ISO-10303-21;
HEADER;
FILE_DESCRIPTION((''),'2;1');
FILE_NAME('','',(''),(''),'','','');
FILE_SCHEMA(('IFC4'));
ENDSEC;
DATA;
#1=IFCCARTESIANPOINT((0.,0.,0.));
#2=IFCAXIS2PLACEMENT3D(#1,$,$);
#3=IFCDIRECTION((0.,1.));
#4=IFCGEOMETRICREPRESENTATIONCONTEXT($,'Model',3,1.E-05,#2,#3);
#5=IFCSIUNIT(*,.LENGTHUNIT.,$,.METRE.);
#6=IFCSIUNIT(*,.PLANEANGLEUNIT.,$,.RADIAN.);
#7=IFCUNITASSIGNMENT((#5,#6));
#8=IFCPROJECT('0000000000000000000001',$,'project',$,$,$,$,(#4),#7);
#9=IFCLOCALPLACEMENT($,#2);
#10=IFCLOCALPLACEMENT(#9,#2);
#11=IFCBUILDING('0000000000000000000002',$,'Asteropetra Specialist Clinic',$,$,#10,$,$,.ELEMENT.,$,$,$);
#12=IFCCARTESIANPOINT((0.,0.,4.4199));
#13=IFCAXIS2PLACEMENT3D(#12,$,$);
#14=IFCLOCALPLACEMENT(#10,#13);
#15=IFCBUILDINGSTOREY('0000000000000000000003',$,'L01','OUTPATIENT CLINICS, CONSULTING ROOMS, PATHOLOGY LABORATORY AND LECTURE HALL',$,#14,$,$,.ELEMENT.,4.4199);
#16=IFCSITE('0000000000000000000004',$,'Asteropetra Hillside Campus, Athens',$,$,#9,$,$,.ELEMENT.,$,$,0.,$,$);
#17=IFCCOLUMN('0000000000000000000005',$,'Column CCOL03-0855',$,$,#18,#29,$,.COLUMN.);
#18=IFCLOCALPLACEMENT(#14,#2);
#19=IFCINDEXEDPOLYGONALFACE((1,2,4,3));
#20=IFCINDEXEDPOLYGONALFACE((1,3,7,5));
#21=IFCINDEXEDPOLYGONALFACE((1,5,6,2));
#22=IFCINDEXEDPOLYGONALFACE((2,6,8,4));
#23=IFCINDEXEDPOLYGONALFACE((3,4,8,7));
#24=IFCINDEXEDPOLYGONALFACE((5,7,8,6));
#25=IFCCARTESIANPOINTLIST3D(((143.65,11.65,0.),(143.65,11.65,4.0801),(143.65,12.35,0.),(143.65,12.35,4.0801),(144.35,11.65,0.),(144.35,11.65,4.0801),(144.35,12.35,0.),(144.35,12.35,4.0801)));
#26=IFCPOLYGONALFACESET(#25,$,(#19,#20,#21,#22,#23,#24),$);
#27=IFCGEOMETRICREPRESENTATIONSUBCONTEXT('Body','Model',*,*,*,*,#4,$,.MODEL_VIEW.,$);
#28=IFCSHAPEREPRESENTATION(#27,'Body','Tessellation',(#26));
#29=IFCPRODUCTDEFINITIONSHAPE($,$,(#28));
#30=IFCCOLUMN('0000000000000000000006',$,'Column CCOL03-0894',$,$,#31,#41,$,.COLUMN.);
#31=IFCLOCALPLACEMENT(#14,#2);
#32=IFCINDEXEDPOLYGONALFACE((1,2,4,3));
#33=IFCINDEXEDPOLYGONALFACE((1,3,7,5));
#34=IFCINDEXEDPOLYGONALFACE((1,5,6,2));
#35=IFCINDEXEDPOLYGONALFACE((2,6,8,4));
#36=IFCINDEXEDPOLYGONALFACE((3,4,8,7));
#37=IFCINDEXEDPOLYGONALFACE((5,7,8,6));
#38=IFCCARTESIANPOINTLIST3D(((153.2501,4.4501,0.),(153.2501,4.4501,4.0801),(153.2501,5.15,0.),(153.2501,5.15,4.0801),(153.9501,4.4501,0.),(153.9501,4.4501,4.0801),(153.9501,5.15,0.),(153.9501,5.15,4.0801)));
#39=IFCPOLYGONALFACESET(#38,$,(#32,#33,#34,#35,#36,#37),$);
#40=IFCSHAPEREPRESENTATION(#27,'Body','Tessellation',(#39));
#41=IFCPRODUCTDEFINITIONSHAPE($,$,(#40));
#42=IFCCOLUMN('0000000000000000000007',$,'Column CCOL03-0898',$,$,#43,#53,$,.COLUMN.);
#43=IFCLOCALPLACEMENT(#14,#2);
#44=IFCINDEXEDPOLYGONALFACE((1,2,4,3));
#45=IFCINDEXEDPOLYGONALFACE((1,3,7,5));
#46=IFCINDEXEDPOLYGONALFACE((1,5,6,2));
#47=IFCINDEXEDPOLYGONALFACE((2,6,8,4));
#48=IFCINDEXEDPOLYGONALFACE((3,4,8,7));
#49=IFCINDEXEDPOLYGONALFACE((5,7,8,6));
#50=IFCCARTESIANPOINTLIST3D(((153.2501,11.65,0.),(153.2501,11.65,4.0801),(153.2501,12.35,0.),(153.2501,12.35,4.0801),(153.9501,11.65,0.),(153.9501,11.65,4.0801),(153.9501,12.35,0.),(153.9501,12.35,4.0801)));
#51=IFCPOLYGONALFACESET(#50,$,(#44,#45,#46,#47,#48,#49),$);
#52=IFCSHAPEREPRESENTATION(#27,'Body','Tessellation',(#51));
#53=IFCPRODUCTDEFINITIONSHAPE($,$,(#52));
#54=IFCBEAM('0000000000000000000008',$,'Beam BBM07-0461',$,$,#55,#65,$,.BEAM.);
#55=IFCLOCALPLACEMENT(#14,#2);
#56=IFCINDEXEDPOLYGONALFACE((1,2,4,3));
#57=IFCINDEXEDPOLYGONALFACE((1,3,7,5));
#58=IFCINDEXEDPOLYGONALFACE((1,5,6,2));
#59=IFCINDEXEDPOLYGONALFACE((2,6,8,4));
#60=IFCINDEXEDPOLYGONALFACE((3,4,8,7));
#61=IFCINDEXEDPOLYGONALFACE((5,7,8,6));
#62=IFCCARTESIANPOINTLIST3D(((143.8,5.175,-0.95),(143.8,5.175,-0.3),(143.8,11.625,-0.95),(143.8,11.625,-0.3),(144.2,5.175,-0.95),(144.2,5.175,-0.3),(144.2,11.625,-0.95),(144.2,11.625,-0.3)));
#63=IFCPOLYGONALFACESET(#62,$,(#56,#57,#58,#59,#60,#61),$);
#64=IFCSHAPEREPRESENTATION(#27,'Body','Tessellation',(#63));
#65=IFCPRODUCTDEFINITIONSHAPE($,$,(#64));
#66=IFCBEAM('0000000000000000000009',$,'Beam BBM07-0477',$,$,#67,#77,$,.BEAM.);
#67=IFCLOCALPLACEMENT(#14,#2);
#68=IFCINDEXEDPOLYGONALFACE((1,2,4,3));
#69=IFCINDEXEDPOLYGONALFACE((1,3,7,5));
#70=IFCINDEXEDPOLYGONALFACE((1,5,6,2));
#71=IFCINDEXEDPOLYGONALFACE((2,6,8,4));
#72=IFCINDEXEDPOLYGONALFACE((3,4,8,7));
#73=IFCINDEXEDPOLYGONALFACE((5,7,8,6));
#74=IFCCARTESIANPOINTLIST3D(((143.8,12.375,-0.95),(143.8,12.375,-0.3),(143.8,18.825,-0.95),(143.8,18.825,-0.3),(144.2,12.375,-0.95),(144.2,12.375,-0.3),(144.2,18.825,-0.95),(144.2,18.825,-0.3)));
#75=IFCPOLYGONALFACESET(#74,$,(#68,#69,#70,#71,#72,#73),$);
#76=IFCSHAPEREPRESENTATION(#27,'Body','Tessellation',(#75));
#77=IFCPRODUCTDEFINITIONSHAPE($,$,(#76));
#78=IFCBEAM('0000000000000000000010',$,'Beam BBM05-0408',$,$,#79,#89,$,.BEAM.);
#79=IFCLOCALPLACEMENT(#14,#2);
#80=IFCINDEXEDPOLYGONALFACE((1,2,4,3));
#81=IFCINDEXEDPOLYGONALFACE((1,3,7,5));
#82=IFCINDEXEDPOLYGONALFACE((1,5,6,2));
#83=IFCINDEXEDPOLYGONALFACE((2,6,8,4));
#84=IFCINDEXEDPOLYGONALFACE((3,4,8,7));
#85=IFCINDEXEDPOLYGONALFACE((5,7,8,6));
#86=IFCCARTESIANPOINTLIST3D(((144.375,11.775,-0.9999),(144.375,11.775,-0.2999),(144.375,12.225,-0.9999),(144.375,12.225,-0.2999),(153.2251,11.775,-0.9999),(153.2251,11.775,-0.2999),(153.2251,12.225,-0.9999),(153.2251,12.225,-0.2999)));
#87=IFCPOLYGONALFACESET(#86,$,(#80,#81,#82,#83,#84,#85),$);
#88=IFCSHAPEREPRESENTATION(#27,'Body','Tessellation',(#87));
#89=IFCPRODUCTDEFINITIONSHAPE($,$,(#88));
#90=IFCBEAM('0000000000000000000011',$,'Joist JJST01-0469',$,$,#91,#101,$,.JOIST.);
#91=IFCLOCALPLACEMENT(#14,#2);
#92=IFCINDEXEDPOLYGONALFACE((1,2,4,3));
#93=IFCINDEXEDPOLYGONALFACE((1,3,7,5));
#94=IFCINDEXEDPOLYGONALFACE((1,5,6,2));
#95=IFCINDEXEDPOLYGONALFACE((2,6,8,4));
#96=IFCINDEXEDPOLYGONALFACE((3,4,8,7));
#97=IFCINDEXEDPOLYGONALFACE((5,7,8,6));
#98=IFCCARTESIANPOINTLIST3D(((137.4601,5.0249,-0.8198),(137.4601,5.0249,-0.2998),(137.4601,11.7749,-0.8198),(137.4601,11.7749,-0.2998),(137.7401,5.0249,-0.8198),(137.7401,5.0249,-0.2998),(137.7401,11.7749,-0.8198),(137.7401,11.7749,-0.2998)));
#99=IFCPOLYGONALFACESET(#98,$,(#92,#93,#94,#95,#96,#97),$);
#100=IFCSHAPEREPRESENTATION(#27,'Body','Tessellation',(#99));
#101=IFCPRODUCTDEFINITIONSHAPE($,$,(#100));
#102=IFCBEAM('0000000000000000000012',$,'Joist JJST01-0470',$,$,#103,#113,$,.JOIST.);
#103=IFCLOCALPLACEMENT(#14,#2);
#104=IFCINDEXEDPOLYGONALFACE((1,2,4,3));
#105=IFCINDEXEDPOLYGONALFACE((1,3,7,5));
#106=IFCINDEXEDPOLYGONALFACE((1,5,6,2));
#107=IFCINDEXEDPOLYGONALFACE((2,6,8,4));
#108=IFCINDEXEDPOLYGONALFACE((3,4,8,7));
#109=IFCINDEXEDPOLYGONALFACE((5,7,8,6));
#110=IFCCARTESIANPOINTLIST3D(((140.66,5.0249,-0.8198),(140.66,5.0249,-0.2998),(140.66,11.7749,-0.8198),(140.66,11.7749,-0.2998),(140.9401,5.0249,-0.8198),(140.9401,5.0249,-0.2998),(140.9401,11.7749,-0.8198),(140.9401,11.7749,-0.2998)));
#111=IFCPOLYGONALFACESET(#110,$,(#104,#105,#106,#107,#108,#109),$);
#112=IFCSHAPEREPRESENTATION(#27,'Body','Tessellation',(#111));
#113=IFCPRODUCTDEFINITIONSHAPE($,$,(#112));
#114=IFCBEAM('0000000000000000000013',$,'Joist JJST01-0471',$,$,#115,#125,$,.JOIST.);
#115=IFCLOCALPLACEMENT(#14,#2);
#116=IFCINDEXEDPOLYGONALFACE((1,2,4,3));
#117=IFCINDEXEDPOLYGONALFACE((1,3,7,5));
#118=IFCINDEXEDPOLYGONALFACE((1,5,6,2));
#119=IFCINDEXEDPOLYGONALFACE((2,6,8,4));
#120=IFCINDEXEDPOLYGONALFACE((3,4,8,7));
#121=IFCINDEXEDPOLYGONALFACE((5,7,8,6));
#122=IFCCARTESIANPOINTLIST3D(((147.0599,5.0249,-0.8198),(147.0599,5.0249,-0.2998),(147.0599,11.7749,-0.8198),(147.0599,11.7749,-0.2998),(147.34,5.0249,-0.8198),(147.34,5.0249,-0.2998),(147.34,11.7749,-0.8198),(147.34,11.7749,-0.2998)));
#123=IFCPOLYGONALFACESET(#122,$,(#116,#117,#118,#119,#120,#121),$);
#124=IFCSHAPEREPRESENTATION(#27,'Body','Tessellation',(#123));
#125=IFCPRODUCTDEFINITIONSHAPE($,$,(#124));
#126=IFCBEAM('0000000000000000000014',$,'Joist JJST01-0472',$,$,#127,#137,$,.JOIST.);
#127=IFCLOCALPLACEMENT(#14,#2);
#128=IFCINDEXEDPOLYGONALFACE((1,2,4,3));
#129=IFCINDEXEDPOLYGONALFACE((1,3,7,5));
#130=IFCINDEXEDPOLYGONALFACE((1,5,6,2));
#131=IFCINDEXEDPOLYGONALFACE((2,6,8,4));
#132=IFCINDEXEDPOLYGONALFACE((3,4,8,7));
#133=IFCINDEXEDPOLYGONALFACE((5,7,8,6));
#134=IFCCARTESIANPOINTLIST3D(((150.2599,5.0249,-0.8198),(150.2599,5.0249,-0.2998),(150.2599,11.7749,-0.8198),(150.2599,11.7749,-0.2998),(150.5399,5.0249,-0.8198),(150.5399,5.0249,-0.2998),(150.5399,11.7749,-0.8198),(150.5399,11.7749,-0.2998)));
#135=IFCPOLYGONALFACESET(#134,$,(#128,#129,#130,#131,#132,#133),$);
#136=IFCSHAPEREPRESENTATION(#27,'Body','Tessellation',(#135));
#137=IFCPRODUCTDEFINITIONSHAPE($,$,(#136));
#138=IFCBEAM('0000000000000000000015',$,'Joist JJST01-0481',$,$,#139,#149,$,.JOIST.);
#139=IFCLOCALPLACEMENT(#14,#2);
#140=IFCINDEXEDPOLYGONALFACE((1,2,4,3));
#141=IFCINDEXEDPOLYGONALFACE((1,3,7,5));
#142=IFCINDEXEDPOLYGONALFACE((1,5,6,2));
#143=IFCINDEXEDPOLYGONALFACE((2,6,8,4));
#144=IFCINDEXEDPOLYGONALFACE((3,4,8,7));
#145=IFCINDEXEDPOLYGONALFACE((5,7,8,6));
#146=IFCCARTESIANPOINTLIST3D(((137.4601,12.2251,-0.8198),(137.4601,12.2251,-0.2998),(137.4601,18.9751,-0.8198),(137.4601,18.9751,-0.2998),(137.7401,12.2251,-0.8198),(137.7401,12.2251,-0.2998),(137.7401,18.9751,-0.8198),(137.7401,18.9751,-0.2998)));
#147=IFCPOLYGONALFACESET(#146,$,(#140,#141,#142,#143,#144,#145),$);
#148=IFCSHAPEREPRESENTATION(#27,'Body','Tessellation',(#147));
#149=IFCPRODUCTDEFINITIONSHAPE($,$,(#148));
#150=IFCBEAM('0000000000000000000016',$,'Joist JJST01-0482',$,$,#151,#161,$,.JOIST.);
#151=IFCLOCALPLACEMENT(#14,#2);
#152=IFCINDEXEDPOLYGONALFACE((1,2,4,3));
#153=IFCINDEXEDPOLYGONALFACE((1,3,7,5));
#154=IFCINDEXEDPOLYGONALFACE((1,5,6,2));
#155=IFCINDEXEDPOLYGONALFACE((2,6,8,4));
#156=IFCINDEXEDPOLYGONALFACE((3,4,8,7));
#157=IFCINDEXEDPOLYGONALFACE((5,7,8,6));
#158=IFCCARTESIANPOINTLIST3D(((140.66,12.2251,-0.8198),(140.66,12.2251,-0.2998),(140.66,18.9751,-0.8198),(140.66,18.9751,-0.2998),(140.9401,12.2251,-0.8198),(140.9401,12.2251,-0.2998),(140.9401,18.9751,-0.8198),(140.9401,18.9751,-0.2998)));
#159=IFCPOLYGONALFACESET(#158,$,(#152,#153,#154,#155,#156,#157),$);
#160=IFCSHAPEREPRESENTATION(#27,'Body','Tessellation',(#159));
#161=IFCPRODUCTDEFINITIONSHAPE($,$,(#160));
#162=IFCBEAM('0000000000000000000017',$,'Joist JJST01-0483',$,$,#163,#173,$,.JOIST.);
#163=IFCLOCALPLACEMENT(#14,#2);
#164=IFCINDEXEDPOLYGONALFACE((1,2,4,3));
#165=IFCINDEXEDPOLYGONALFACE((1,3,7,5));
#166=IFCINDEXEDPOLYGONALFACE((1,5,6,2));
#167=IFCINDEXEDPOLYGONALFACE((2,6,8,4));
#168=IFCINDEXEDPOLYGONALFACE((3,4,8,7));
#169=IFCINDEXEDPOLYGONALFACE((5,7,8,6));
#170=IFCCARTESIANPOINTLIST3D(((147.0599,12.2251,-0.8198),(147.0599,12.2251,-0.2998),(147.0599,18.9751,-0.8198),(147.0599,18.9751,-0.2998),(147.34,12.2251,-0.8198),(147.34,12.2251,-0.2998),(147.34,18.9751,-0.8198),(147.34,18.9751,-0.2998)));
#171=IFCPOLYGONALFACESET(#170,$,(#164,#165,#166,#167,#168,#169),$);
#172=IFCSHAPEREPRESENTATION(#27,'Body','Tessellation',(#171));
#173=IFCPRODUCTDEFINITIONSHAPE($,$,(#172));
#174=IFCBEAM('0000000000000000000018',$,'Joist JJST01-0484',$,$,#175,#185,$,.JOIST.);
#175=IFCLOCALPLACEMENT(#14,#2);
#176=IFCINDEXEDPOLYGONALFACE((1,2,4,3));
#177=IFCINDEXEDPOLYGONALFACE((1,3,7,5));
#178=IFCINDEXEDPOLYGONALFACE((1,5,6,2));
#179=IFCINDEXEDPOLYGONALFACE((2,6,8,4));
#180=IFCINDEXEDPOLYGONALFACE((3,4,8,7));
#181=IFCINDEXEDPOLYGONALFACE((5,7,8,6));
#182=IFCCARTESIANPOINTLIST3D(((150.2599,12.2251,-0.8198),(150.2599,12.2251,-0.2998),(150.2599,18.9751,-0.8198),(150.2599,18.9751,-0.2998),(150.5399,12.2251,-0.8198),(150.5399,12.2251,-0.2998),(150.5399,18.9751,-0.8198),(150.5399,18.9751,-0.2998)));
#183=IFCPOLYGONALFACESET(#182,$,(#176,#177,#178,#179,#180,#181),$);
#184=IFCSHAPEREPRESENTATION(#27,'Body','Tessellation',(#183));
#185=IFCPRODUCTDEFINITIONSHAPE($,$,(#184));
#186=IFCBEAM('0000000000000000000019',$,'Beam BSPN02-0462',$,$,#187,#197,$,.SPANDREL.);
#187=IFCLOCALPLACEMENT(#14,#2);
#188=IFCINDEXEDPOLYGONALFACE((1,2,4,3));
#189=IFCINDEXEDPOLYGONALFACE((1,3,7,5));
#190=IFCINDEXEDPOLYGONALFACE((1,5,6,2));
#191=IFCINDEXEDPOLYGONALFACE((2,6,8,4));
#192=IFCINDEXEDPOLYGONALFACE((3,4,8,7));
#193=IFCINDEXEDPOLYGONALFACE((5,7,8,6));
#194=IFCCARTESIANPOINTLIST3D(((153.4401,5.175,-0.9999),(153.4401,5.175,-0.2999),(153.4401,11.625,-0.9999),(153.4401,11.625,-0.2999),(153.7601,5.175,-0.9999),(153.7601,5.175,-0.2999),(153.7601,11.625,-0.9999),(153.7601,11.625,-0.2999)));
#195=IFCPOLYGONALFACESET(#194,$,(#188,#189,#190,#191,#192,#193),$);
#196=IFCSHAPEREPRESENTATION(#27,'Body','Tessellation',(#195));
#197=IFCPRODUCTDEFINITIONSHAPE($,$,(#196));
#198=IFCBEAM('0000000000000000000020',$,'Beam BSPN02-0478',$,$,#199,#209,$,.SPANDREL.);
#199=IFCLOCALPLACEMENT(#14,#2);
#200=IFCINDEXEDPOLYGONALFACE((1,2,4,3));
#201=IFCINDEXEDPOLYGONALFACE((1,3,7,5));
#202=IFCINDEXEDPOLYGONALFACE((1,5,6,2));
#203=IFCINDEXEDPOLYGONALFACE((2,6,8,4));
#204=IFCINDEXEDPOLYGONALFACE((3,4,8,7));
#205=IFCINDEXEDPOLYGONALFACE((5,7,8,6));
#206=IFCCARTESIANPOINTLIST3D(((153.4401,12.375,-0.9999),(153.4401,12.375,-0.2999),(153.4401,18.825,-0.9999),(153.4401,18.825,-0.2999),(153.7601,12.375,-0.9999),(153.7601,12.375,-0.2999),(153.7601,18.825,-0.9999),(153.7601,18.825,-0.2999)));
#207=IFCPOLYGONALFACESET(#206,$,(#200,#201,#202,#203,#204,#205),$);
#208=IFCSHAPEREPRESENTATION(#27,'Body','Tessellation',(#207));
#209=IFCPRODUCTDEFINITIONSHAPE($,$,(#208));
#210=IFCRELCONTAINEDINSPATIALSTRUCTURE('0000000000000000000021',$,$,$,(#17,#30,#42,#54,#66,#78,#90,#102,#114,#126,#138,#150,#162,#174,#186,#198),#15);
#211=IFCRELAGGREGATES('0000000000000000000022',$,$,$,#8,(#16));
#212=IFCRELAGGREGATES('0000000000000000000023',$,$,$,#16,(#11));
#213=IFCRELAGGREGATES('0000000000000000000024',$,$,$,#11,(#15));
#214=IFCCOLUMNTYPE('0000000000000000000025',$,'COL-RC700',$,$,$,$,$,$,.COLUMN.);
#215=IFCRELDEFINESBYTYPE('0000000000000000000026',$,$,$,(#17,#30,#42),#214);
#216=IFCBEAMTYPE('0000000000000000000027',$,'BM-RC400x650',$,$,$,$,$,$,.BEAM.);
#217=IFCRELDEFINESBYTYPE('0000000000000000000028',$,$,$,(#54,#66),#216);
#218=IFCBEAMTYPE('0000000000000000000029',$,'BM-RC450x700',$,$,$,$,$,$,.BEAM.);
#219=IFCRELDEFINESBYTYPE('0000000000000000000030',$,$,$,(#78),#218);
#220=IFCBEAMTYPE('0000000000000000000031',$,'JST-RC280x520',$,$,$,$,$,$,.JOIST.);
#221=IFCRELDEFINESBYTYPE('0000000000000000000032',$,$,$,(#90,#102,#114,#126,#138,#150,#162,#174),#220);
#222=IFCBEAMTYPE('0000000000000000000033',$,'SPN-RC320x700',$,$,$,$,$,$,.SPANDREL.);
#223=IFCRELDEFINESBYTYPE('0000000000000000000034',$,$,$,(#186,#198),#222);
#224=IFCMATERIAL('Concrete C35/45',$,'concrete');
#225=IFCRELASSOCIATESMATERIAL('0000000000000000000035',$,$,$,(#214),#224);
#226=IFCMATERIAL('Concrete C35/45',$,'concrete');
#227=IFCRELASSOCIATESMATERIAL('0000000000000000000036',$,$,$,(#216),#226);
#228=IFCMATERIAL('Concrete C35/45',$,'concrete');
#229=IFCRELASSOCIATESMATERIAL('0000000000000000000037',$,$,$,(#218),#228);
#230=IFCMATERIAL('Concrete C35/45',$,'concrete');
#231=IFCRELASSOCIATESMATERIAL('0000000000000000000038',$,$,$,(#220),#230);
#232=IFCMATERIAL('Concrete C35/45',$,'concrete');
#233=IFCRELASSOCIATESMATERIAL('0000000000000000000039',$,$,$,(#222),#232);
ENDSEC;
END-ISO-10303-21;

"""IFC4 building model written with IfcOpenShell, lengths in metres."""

from ifc_helpers import new_model, si_unit, direction, frame, origin, origin_2d, place, context, subcontext, project, spatial, rectangle, extrude, material, material_profile, profile_set, type_object, element, save


model = new_model("IFC4")

# Units and contexts
model_context = context("Model", 3, precision=1e-05, world=origin(), true_north=direction((0.0, 1.0)))
body_context = subcontext(model_context, "Body", "Model", "MODEL_VIEW")
ifc_project = project(units=[si_unit("LENGTHUNIT", "METRE"), si_unit("PLANEANGLEUNIT", "RADIAN")], contexts=[model_context])

# Site, building, storey
site_placement = place(None, origin())
site = spatial("IfcSite", under=ifc_project, at=site_placement, Name="Asteropetra Hillside Campus, Athens", CompositionType="ELEMENT", RefElevation=0.0)
building_placement = place(site_placement, origin())
building = spatial("IfcBuilding", under=site, at=building_placement, Name="Asteropetra Specialist Clinic", CompositionType="ELEMENT")
storey_placement = place(building_placement, frame((0.0, 0.0, 4.4199)))
storey = spatial("IfcBuildingStorey", under=building, at=storey_placement, Name="L01", Description="OUTPATIENT CLINICS, CONSULTING ROOMS, PATHOLOGY LABORATORY AND LECTURE HALL", CompositionType="ELEMENT", Elevation=4.4199)

# Columns
ifc_material_1 = material(Name="Concrete C35/45", Category="concrete")
ifc_material_profile_1 = material_profile(ifc_material_1, rectangle(XDim=0.7, YDim=0.7, at=origin_2d()), Name="RC 700x700")
ifc_profile_set_1 = profile_set([ifc_material_profile_1], Name="Concrete C35/45")
column_type = type_object("IfcColumnType", Name="COL-RC700", PredefinedType="COLUMN", material=ifc_profile_set_1)
for number, where, z_axis, x_axis, name in (
    (1, (144.0, 12.0, 0.0), (0.0, 0.0, 1.0), (1.0, 0.0, 0.0), "Column CCOL03-0855"),
    (2, (153.6001, 4.8, 0.0), (0.0, 0.0, 1.0), (1.0, 0.0, 0.0), "Column CCOL03-0894"),
    (3, (153.6001, 12.0, 0.0), (0.0, 0.0, 1.0), (1.0, 0.0, 0.0), "Column CCOL03-0898"),
):
    element("IfcColumn", number, at=place(storey_placement, frame(where, z_axis=z_axis, x_axis=x_axis)), inside=storey, type_object=column_type, Name=name, PredefinedType="COLUMN", context=body_context, shape_type="SweptSolid", body=[
        extrude(rectangle(XDim=0.7, YDim=0.7, at=origin_2d()), origin(), (0.0, 0.0, 1.0), 4.0801),
    ])

# Beams
ifc_material_2 = material(Name="Concrete C35/45", Category="concrete")
ifc_material_profile_2 = material_profile(ifc_material_2, rectangle(XDim=0.3999, YDim=0.6499, at=origin_2d()), Name="RCB 400x650")
ifc_profile_set_2 = profile_set([ifc_material_profile_2], Name="Concrete C35/45")
beam_type_1 = type_object("IfcBeamType", Name="BM-RC400x650", PredefinedType="BEAM", material=ifc_profile_set_2)
for number, where, z_axis, x_axis, name in (
    (4, (144.0, 5.175, -0.625), (0.0, 1.0, 0.0), (-1.0, 0.0, 0.0), "Beam BBM07-0461"),
    (5, (144.0, 12.375, -0.625), (0.0, 1.0, 0.0), (-1.0, 0.0, 0.0), "Beam BBM07-0477"),
):
    element("IfcBeam", number, at=place(storey_placement, frame(where, z_axis=z_axis, x_axis=x_axis)), inside=storey, type_object=beam_type_1, Name=name, PredefinedType="BEAM", context=body_context, shape_type="SweptSolid", body=[
        extrude(rectangle(XDim=0.3999, YDim=0.6499, at=origin_2d()), origin(), (0.0, 0.0, 1.0), 6.45),
    ])
ifc_material_3 = material(Name="Concrete C35/45", Category="concrete")
ifc_material_profile_3 = material_profile(ifc_material_3, rectangle(XDim=0.45, YDim=0.7, at=origin_2d()), Name="RCB 450x700")
ifc_profile_set_3 = profile_set([ifc_material_profile_3], Name="Concrete C35/45")
beam_type_2 = type_object("IfcBeamType", Name="BM-RC450x700", PredefinedType="BEAM", material=ifc_profile_set_3)
beam_placement = place(storey_placement, frame((144.375, 12.0, -0.6499), z_axis=(1.0, 0.0, 0.0), x_axis=(0.0, 1.0, 0.0)))
element("IfcBeam", 6, at=beam_placement, inside=storey, type_object=beam_type_2, Name="Beam BBM05-0408", PredefinedType="BEAM", context=body_context, shape_type="SweptSolid", body=[
    extrude(rectangle(XDim=0.45, YDim=0.7, at=origin_2d()), origin(), (0.0, 0.0, 1.0), 8.8501),
])
ifc_material_4 = material(Name="Concrete C35/45", Category="concrete")
ifc_material_profile_4 = material_profile(ifc_material_4, rectangle(XDim=0.28, YDim=0.52, at=origin_2d()), Name="RCJ 280x520")
ifc_profile_set_4 = profile_set([ifc_material_profile_4], Name="Concrete C35/45")
beam_type_3 = type_object("IfcBeamType", Name="JST-RC280x520", PredefinedType="JOIST", material=ifc_profile_set_4)
for number, where, z_axis, x_axis, name in (
    (7, (137.6001, 5.0249, -0.5598), (0.0, 1.0, 0.0), (-1.0, 0.0, 0.0), "Joist JJST01-0469"),
    (8, (140.8, 5.0249, -0.5598), (0.0, 1.0, 0.0), (-1.0, 0.0, 0.0), "Joist JJST01-0470"),
    (9, (147.2, 5.0249, -0.5598), (0.0, 1.0, 0.0), (-1.0, 0.0, 0.0), "Joist JJST01-0471"),
    (10, (150.3999, 5.0249, -0.5598), (0.0, 1.0, 0.0), (-1.0, 0.0, 0.0), "Joist JJST01-0472"),
    (11, (137.6001, 12.2251, -0.5598), (0.0, 1.0, 0.0), (-1.0, 0.0, 0.0), "Joist JJST01-0481"),
    (12, (140.8, 12.2251, -0.5598), (0.0, 1.0, 0.0), (-1.0, 0.0, 0.0), "Joist JJST01-0482"),
    (13, (147.2, 12.2251, -0.5598), (0.0, 1.0, 0.0), (-1.0, 0.0, 0.0), "Joist JJST01-0483"),
    (14, (150.3999, 12.2251, -0.5598), (0.0, 1.0, 0.0), (-1.0, 0.0, 0.0), "Joist JJST01-0484"),
):
    element("IfcBeam", number, at=place(storey_placement, frame(where, z_axis=z_axis, x_axis=x_axis)), inside=storey, type_object=beam_type_3, Name=name, PredefinedType="JOIST", context=body_context, shape_type="SweptSolid", body=[
        extrude(rectangle(XDim=0.28, YDim=0.52, at=origin_2d()), origin(), (0.0, 0.0, 1.0), 6.75),
    ])
ifc_material_5 = material(Name="Concrete C35/45", Category="concrete")
ifc_material_profile_5 = material_profile(ifc_material_5, rectangle(XDim=0.3201, YDim=0.7, at=origin_2d()), Name="RCS 320x700")
ifc_profile_set_5 = profile_set([ifc_material_profile_5], Name="Concrete C35/45")
beam_type_4 = type_object("IfcBeamType", Name="SPN-RC320x700", PredefinedType="SPANDREL", material=ifc_profile_set_5)
for number, where, z_axis, x_axis, name in (
    (15, (153.6001, 5.175, -0.6499), (0.0, 1.0, 0.0), (-1.0, 0.0, 0.0), "Beam BSPN02-0462"),
    (16, (153.6001, 12.375, -0.6499), (0.0, 1.0, 0.0), (-1.0, 0.0, 0.0), "Beam BSPN02-0478"),
):
    element("IfcBeam", number, at=place(storey_placement, frame(where, z_axis=z_axis, x_axis=x_axis)), inside=storey, type_object=beam_type_4, Name=name, PredefinedType="SPANDREL", context=body_context, shape_type="SweptSolid", body=[
        extrude(rectangle(XDim=0.3201, YDim=0.7, at=origin_2d()), origin(), (0.0, 0.0, 1.0), 6.45),
    ])

save(model, "model.ifc")
